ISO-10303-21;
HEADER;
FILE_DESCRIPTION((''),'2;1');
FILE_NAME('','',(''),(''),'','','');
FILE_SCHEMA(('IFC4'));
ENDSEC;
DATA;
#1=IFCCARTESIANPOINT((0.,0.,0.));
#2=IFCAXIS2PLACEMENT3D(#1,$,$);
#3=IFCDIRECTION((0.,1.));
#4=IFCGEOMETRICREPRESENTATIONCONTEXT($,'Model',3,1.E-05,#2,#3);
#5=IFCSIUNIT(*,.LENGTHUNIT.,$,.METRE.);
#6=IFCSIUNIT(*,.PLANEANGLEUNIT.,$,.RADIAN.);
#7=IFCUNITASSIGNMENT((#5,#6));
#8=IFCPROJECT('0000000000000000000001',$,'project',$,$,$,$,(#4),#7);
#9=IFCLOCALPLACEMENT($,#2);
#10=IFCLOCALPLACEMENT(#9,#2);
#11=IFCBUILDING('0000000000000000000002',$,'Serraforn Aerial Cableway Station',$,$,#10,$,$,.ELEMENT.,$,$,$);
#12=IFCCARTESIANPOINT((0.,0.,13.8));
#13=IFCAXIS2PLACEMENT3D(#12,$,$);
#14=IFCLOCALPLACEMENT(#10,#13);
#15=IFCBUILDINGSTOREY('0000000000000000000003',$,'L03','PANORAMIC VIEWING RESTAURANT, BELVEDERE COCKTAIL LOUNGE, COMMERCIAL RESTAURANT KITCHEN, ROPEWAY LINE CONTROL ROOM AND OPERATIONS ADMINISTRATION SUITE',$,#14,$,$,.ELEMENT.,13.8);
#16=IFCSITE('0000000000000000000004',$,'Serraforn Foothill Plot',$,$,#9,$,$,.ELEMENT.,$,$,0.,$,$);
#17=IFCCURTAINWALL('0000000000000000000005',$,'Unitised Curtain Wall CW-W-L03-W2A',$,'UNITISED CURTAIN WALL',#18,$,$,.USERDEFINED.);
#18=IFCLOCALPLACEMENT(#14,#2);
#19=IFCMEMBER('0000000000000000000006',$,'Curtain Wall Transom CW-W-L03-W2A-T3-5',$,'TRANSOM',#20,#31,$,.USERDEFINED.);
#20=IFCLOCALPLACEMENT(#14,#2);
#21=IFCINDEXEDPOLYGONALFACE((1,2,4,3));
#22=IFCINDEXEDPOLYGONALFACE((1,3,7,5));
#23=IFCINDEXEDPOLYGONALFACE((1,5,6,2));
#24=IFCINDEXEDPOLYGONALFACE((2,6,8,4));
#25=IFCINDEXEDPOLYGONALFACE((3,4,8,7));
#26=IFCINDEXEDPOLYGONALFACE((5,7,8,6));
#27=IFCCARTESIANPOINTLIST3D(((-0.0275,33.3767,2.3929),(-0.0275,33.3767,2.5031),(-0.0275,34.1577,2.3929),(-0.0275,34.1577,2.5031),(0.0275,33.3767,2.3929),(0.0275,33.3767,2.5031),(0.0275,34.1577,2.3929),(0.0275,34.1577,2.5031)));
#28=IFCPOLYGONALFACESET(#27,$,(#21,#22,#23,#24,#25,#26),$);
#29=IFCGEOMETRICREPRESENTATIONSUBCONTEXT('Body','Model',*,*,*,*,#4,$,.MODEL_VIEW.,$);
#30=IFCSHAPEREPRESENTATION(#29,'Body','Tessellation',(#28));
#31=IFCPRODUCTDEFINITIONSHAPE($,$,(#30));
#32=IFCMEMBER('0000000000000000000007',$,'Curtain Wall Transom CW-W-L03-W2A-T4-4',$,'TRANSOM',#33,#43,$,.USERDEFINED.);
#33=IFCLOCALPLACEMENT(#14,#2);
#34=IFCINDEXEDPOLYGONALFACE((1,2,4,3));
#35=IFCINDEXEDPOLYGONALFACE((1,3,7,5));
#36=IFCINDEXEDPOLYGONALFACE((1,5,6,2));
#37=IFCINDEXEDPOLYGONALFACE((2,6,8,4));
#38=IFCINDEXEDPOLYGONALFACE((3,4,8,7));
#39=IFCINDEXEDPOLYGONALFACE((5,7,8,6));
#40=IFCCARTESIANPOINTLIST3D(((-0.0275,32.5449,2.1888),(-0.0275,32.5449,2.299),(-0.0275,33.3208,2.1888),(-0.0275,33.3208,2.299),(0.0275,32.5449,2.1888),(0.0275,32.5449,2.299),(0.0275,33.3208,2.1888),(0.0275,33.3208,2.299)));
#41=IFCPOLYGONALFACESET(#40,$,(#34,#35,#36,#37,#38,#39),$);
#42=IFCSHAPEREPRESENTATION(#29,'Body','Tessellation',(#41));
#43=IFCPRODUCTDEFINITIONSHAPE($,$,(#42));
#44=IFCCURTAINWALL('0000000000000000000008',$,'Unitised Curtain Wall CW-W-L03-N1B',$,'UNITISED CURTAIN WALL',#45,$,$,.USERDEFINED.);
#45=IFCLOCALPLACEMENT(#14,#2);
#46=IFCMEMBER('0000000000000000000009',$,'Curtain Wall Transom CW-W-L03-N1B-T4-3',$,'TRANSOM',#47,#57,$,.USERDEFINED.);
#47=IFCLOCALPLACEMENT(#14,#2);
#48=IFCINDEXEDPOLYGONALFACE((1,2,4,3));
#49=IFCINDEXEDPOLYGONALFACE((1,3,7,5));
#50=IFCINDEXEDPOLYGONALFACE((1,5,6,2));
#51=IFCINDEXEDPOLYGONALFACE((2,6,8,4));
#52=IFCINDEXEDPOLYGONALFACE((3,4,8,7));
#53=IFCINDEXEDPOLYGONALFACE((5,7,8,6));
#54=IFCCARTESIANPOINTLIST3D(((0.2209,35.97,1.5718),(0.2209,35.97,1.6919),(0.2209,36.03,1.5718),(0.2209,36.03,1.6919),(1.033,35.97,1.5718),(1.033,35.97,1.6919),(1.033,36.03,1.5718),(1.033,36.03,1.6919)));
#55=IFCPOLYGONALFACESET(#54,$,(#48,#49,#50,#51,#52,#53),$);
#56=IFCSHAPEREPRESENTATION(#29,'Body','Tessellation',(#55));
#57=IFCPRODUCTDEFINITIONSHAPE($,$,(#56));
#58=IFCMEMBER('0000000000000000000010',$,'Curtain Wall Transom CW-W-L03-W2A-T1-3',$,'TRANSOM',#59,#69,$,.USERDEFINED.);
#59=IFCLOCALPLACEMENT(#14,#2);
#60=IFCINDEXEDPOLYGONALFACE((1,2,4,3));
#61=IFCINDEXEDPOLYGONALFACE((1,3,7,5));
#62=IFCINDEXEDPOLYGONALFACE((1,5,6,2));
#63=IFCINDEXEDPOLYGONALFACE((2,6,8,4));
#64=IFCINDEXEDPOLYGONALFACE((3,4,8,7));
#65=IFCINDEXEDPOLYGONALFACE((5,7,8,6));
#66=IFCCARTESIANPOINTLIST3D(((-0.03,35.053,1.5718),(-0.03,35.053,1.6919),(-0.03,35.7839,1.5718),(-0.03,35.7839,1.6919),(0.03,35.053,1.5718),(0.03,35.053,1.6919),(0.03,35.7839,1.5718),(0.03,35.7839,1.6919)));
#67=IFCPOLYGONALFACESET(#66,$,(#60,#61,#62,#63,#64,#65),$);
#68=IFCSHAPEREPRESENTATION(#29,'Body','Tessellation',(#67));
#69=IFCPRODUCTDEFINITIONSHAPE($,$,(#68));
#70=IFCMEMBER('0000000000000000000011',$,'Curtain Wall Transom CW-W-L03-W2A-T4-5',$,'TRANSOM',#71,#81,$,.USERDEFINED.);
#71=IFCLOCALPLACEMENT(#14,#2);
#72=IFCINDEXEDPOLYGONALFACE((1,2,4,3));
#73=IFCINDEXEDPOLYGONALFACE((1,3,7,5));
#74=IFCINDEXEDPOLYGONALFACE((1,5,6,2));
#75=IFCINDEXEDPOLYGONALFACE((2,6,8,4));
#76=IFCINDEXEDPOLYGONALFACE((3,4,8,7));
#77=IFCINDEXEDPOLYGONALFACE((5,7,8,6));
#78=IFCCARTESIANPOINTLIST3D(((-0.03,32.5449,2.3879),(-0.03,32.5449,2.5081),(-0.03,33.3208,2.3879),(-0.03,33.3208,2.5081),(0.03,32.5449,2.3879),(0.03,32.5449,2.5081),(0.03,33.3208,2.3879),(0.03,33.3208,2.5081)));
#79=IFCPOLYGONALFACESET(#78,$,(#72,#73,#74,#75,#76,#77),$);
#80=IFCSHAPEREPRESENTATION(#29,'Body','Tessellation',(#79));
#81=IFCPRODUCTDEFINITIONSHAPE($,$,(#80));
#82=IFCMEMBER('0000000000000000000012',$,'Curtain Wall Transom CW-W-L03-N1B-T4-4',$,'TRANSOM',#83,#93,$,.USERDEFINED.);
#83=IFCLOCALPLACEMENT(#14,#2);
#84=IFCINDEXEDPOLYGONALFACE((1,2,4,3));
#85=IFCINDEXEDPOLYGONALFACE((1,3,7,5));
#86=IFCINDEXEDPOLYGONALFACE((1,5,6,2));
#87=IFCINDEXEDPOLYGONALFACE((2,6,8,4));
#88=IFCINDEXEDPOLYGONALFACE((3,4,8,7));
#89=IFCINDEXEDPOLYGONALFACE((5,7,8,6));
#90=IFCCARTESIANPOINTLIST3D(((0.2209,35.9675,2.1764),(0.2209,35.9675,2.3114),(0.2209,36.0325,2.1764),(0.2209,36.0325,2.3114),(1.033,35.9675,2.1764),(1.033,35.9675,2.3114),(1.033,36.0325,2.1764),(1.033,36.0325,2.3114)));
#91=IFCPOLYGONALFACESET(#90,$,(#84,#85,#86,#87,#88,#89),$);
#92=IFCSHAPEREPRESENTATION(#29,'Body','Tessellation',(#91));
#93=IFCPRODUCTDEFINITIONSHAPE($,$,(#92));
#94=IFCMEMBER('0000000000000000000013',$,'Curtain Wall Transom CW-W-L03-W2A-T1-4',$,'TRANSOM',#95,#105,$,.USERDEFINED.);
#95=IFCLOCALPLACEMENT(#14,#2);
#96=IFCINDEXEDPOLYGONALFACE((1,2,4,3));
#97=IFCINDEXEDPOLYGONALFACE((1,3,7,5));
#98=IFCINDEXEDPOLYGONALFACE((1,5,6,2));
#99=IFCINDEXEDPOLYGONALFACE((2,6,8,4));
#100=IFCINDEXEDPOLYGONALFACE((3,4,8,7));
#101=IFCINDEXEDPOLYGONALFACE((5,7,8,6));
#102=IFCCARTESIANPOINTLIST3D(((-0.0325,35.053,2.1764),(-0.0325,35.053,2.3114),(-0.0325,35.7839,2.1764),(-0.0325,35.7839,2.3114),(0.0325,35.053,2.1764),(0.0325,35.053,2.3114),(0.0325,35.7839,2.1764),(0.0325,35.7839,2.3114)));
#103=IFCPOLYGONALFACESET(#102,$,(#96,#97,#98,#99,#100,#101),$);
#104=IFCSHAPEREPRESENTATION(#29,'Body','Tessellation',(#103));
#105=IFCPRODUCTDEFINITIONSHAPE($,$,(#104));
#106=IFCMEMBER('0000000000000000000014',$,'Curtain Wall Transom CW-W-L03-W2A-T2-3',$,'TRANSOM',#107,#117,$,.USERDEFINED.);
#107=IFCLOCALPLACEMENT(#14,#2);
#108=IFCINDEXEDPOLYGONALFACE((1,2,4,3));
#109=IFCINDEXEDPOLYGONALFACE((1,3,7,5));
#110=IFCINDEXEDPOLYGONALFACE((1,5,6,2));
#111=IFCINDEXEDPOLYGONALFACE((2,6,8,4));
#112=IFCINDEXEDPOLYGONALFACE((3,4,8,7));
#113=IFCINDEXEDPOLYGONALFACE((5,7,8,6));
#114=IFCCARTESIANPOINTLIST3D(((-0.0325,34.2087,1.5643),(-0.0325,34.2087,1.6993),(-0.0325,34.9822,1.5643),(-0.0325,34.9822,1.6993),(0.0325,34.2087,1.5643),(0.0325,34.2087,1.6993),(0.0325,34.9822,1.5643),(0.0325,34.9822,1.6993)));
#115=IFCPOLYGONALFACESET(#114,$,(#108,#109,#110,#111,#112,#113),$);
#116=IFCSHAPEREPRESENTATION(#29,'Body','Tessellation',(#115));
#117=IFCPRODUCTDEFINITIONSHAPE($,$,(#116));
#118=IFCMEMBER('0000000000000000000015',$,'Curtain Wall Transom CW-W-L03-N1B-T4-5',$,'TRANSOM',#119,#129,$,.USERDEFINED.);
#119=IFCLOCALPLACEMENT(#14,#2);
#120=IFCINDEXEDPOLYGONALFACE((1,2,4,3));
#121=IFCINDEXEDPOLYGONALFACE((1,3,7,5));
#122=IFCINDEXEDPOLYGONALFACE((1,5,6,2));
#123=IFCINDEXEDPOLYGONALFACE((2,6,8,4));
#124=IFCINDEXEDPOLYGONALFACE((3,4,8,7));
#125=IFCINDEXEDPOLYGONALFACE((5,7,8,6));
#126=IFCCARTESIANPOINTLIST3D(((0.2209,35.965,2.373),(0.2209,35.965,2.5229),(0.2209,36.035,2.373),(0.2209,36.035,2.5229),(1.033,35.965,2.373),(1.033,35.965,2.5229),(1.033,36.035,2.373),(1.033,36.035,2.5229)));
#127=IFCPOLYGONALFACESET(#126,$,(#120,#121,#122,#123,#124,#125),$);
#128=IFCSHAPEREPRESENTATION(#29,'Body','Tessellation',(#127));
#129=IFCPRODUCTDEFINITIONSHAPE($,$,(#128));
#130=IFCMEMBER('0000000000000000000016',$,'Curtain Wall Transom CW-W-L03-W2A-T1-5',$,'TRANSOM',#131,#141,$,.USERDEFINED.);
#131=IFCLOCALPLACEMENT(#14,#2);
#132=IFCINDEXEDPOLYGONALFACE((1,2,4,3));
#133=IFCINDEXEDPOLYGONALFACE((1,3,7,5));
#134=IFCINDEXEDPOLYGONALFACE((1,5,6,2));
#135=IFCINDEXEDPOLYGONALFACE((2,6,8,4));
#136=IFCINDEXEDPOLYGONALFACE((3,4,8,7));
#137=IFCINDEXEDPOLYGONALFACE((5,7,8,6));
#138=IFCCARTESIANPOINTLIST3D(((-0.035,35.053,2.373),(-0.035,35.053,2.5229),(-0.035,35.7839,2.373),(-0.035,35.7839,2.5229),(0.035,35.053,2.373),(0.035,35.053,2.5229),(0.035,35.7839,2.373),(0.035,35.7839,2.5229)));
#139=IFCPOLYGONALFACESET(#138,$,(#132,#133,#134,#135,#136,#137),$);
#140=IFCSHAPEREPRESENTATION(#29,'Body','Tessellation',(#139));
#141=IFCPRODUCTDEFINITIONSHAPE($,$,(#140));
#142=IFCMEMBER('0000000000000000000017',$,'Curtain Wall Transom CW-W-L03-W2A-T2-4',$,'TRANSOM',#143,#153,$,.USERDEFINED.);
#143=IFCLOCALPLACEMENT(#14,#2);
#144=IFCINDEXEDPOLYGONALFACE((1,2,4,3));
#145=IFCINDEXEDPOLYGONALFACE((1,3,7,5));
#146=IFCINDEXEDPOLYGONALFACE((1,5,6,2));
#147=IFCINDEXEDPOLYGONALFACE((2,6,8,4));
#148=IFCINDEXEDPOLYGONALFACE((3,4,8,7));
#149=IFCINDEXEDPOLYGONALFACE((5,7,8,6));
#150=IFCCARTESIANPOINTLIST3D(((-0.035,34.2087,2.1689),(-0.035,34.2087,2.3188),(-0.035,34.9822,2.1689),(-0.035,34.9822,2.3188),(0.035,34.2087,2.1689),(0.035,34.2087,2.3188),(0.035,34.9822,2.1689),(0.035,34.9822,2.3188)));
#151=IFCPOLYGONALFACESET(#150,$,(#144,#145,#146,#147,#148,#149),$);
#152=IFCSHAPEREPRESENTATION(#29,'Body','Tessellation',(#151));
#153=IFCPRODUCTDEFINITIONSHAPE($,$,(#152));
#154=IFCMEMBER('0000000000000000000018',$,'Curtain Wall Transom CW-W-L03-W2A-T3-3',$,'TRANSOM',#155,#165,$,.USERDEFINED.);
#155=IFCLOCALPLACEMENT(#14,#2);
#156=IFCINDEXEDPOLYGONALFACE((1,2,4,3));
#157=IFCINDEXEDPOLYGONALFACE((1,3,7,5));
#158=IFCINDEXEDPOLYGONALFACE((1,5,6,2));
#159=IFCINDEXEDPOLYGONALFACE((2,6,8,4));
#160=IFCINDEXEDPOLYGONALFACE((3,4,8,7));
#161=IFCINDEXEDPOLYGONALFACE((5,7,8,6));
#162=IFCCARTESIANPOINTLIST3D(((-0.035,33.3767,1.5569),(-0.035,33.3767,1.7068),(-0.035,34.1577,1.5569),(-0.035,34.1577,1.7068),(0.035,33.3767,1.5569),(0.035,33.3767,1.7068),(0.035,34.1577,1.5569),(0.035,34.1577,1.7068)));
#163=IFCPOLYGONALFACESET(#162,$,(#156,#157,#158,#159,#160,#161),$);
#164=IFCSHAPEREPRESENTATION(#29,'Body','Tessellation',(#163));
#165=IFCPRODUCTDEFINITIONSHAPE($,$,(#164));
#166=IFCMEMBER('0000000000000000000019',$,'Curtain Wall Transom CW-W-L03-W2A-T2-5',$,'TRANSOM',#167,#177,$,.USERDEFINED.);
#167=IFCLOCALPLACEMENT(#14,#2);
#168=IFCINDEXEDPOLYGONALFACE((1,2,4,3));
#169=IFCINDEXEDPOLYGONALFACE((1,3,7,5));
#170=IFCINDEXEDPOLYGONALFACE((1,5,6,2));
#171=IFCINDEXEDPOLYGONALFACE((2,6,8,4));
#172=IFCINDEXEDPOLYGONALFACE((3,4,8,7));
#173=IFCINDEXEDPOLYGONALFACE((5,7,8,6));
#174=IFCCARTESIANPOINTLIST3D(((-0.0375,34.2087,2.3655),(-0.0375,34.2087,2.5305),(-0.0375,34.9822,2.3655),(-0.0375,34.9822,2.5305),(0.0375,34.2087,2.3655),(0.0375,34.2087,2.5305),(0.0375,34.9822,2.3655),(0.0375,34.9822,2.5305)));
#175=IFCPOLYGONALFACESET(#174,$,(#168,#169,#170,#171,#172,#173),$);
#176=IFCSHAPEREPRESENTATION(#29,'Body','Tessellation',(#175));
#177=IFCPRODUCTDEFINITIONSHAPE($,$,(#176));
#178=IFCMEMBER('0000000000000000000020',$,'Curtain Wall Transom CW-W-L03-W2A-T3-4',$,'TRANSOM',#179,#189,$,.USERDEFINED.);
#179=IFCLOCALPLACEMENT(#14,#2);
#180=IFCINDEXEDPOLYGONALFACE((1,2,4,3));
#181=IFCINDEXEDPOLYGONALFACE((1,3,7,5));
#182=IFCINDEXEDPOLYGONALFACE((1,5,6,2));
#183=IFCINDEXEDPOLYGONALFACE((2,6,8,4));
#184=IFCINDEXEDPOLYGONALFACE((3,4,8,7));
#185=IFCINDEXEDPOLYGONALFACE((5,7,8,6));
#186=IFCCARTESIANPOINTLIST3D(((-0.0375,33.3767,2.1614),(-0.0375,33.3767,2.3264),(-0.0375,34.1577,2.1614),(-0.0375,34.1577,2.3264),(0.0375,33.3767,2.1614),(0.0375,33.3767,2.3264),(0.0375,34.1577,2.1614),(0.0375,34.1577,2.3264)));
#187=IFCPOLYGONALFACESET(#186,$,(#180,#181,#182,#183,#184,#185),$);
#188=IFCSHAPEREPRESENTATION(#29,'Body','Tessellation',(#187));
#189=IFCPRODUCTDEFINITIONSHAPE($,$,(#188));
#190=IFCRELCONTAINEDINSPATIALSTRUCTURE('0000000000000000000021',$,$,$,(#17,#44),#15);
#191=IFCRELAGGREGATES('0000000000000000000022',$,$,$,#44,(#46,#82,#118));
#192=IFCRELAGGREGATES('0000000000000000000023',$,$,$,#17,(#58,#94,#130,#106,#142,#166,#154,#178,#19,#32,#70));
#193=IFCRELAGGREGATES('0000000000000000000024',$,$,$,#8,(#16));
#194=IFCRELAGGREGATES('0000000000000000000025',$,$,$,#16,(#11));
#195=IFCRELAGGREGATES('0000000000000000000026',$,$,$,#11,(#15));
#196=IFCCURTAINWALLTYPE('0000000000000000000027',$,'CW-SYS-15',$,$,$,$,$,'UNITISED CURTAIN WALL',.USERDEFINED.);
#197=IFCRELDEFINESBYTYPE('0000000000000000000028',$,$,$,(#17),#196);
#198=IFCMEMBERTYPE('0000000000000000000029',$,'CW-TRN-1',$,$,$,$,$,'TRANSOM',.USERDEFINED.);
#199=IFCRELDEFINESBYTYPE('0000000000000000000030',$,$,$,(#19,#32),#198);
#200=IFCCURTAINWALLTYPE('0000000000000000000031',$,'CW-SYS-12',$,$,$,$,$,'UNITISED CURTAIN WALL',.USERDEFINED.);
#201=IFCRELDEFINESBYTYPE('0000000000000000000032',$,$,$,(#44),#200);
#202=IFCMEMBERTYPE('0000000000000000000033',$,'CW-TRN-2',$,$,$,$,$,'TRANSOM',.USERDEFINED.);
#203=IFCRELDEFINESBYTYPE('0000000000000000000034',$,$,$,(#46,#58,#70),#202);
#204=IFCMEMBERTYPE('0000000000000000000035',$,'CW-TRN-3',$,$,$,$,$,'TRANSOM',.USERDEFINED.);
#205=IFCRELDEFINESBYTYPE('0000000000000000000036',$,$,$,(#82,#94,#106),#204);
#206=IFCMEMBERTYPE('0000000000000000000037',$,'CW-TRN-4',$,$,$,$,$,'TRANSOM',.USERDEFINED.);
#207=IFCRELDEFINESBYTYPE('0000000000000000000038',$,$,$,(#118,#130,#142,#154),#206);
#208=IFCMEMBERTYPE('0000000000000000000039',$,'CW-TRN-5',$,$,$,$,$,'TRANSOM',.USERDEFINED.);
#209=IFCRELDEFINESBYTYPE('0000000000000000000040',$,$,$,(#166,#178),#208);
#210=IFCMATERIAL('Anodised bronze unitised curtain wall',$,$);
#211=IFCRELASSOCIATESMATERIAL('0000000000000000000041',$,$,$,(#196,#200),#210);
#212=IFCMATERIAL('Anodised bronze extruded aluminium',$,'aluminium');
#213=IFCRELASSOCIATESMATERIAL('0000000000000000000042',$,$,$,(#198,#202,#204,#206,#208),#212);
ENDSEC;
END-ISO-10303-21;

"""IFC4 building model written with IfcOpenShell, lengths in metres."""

from ifc_helpers import new_model, si_unit, direction, frame, origin, origin_2d, place, context, subcontext, project, spatial, rectangle, extrude, material, material_profile, profile_set, type_object, element, aggregate, save


model = new_model("IFC4")

# Units and contexts
model_context = context("Model", 3, precision=1e-05, world=origin(), true_north=direction((0.0, 1.0)))
body_context = subcontext(model_context, "Body", "Model", "MODEL_VIEW")
ifc_project = project(units=[si_unit("LENGTHUNIT", "METRE"), si_unit("PLANEANGLEUNIT", "RADIAN")], contexts=[model_context])

# Site, building, storey
site_placement = place(None, origin())
site = spatial("IfcSite", under=ifc_project, at=site_placement, Name="Serraforn Foothill Plot", CompositionType="ELEMENT", RefElevation=0.0)
building_placement = place(site_placement, origin())
building = spatial("IfcBuilding", under=site, at=building_placement, Name="Serraforn Aerial Cableway Station", CompositionType="ELEMENT")
storey_placement = place(building_placement, frame((0.0, 0.0, 13.8)))
storey = spatial("IfcBuildingStorey", under=building, at=storey_placement, Name="L03", Description="PANORAMIC VIEWING RESTAURANT, BELVEDERE COCKTAIL LOUNGE, COMMERCIAL RESTAURANT KITCHEN, ROPEWAY LINE CONTROL ROOM AND OPERATIONS ADMINISTRATION SUITE", CompositionType="ELEMENT", Elevation=13.8)

# Curtain wall, members
ifc_material_1 = material(Name="Anodised bronze unitised curtain wall")
curtain_wall_type_1 = type_object("IfcCurtainWallType", Name="CW-SYS-15", ElementType="UNITISED CURTAIN WALL", PredefinedType="USERDEFINED", material=ifc_material_1)
curtain_wall_1_placement = place(storey_placement, origin())
curtain_wall_1 = element("IfcCurtainWall", 1, at=curtain_wall_1_placement, inside=storey, type_object=curtain_wall_type_1, Name="Unitised Curtain Wall CW-W-L03-W2A", ObjectType="UNITISED CURTAIN WALL", PredefinedType="USERDEFINED")
ifc_material_2 = material(Name="Anodised bronze extruded aluminium", Category="aluminium")
ifc_material_profile_1 = material_profile(ifc_material_2, rectangle(XDim=0.0549, YDim=0.1101, at=origin_2d()), Name="CW TRANSOM 55x110")
ifc_profile_set_1 = profile_set([ifc_material_profile_1], Name="Anodised bronze extruded aluminium")
member_type_1 = type_object("IfcMemberType", Name="CW-TRN-1", ElementType="TRANSOM", PredefinedType="USERDEFINED", material=ifc_profile_set_1)
member_1_placement = place(storey_placement, frame((0.0, 34.1577, 2.448), z_axis=(0.0, -1.0, 0.0), x_axis=(1.0, 0.0, 0.0)))
member_1 = element("IfcMember", 2, at=member_1_placement, type_object=member_type_1, Name="Curtain Wall Transom CW-W-L03-W2A-T3-5", ObjectType="TRANSOM", PredefinedType="USERDEFINED", context=body_context, shape_type="SweptSolid", body=[
    extrude(rectangle(XDim=0.0549, YDim=0.1101, at=origin_2d()), origin(), (0.0, 0.0, 1.0), 0.781),
])
member_2_placement = place(storey_placement, frame((0.0, 33.3208, 2.2439), z_axis=(0.0, -1.0, 0.0), x_axis=(1.0, 0.0, 0.0)))
member_2 = element("IfcMember", 3, at=member_2_placement, type_object=member_type_1, Name="Curtain Wall Transom CW-W-L03-W2A-T4-4", ObjectType="TRANSOM", PredefinedType="USERDEFINED", context=body_context, shape_type="SweptSolid", body=[
    extrude(rectangle(XDim=0.0549, YDim=0.1101, at=origin_2d()), origin(), (0.0, 0.0, 1.0), 0.7759),
])

# Curtain wall, member
curtain_wall_type_2 = type_object("IfcCurtainWallType", Name="CW-SYS-12", ElementType="UNITISED CURTAIN WALL", PredefinedType="USERDEFINED", material=ifc_material_1)
curtain_wall_2_placement = place(storey_placement, origin())
curtain_wall_2 = element("IfcCurtainWall", 4, at=curtain_wall_2_placement, inside=storey, type_object=curtain_wall_type_2, Name="Unitised Curtain Wall CW-W-L03-N1B", ObjectType="UNITISED CURTAIN WALL", PredefinedType="USERDEFINED")
ifc_material_profile_2 = material_profile(ifc_material_2, rectangle(XDim=0.0601, YDim=0.1201, at=origin_2d()), Name="CW TRANSOM 60x120")
ifc_profile_set_2 = profile_set([ifc_material_profile_2], Name="Anodised bronze extruded aluminium")
member_type_2 = type_object("IfcMemberType", Name="CW-TRN-2", ElementType="TRANSOM", PredefinedType="USERDEFINED", material=ifc_profile_set_2)
member_3_placement = place(storey_placement, frame((1.033, 36.0, 1.6318), z_axis=(-1.0, 0.0, 0.0), x_axis=(0.0, -1.0, 0.0)))
member_3 = element("IfcMember", 5, at=member_3_placement, type_object=member_type_2, Name="Curtain Wall Transom CW-W-L03-N1B-T4-3", ObjectType="TRANSOM", PredefinedType="USERDEFINED", context=body_context, shape_type="SweptSolid", body=[
    extrude(rectangle(XDim=0.0601, YDim=0.1201, at=origin_2d()), origin(), (0.0, 0.0, 1.0), 0.812),
])

# Members
member_4_placement = place(storey_placement, frame((0.0, 35.7839, 1.6318), z_axis=(0.0, -1.0, 0.0), x_axis=(1.0, 0.0, 0.0)))
member_4 = element("IfcMember", 6, at=member_4_placement, type_object=member_type_2, Name="Curtain Wall Transom CW-W-L03-W2A-T1-3", ObjectType="TRANSOM", PredefinedType="USERDEFINED", context=body_context, shape_type="SweptSolid", body=[
    extrude(rectangle(XDim=0.0601, YDim=0.1201, at=origin_2d()), origin(), (0.0, 0.0, 1.0), 0.731),
])
member_5_placement = place(storey_placement, frame((0.0, 33.3208, 2.448), z_axis=(0.0, -1.0, 0.0), x_axis=(1.0, 0.0, 0.0)))
member_5 = element("IfcMember", 7, at=member_5_placement, type_object=member_type_2, Name="Curtain Wall Transom CW-W-L03-W2A-T4-5", ObjectType="TRANSOM", PredefinedType="USERDEFINED", context=body_context, shape_type="SweptSolid", body=[
    extrude(rectangle(XDim=0.0601, YDim=0.1201, at=origin_2d()), origin(), (0.0, 0.0, 1.0), 0.7759),
])
ifc_material_profile_3 = material_profile(ifc_material_2, rectangle(XDim=0.0649, YDim=0.135, at=origin_2d()), Name="CW TRANSOM 65x135")
ifc_profile_set_3 = profile_set([ifc_material_profile_3], Name="Anodised bronze extruded aluminium")
member_type_3 = type_object("IfcMemberType", Name="CW-TRN-3", ElementType="TRANSOM", PredefinedType="USERDEFINED", material=ifc_profile_set_3)
member_6_placement = place(storey_placement, frame((1.033, 36.0, 2.2439), z_axis=(-1.0, 0.0, 0.0), x_axis=(0.0, -1.0, 0.0)))
member_6 = element("IfcMember", 8, at=member_6_placement, type_object=member_type_3, Name="Curtain Wall Transom CW-W-L03-N1B-T4-4", ObjectType="TRANSOM", PredefinedType="USERDEFINED", context=body_context, shape_type="SweptSolid", body=[
    extrude(rectangle(XDim=0.0649, YDim=0.135, at=origin_2d()), origin(), (0.0, 0.0, 1.0), 0.812),
])
member_7_placement = place(storey_placement, frame((0.0, 35.7839, 2.2439), z_axis=(0.0, -1.0, 0.0), x_axis=(1.0, 0.0, 0.0)))
member_7 = element("IfcMember", 9, at=member_7_placement, type_object=member_type_3, Name="Curtain Wall Transom CW-W-L03-W2A-T1-4", ObjectType="TRANSOM", PredefinedType="USERDEFINED", context=body_context, shape_type="SweptSolid", body=[
    extrude(rectangle(XDim=0.0649, YDim=0.135, at=origin_2d()), origin(), (0.0, 0.0, 1.0), 0.731),
])
member_8_placement = place(storey_placement, frame((0.0, 34.9822, 1.6318), z_axis=(0.0, -1.0, 0.0), x_axis=(1.0, 0.0, 0.0)))
member_8 = element("IfcMember", 10, at=member_8_placement, type_object=member_type_3, Name="Curtain Wall Transom CW-W-L03-W2A-T2-3", ObjectType="TRANSOM", PredefinedType="USERDEFINED", context=body_context, shape_type="SweptSolid", body=[
    extrude(rectangle(XDim=0.0649, YDim=0.135, at=origin_2d()), origin(), (0.0, 0.0, 1.0), 0.7734),
])
ifc_material_profile_4 = material_profile(ifc_material_2, rectangle(XDim=0.0701, YDim=0.1499, at=origin_2d()), Name="CW TRANSOM 70x150")
ifc_profile_set_4 = profile_set([ifc_material_profile_4], Name="Anodised bronze extruded aluminium")
member_type_4 = type_object("IfcMemberType", Name="CW-TRN-4", ElementType="TRANSOM", PredefinedType="USERDEFINED", material=ifc_profile_set_4)
member_9_placement = place(storey_placement, frame((1.033, 36.0, 2.448), z_axis=(-1.0, 0.0, 0.0), x_axis=(0.0, -1.0, 0.0)))
member_9 = element("IfcMember", 11, at=member_9_placement, type_object=member_type_4, Name="Curtain Wall Transom CW-W-L03-N1B-T4-5", ObjectType="TRANSOM", PredefinedType="USERDEFINED", context=body_context, shape_type="SweptSolid", body=[
    extrude(rectangle(XDim=0.0701, YDim=0.1499, at=origin_2d()), origin(), (0.0, 0.0, 1.0), 0.812),
])
member_10_placement = place(storey_placement, frame((0.0, 35.7839, 2.448), z_axis=(0.0, -1.0, 0.0), x_axis=(1.0, 0.0, 0.0)))
member_10 = element("IfcMember", 12, at=member_10_placement, type_object=member_type_4, Name="Curtain Wall Transom CW-W-L03-W2A-T1-5", ObjectType="TRANSOM", PredefinedType="USERDEFINED", context=body_context, shape_type="SweptSolid", body=[
    extrude(rectangle(XDim=0.0701, YDim=0.1499, at=origin_2d()), origin(), (0.0, 0.0, 1.0), 0.731),
])
member_11_placement = place(storey_placement, frame((0.0, 34.9822, 2.2439), z_axis=(0.0, -1.0, 0.0), x_axis=(1.0, 0.0, 0.0)))
member_11 = element("IfcMember", 13, at=member_11_placement, type_object=member_type_4, Name="Curtain Wall Transom CW-W-L03-W2A-T2-4", ObjectType="TRANSOM", PredefinedType="USERDEFINED", context=body_context, shape_type="SweptSolid", body=[
    extrude(rectangle(XDim=0.0701, YDim=0.1499, at=origin_2d()), origin(), (0.0, 0.0, 1.0), 0.7734),
])
member_12_placement = place(storey_placement, frame((0.0, 34.1577, 1.6318), z_axis=(0.0, -1.0, 0.0), x_axis=(1.0, 0.0, 0.0)))
member_12 = element("IfcMember", 14, at=member_12_placement, type_object=member_type_4, Name="Curtain Wall Transom CW-W-L03-W2A-T3-3", ObjectType="TRANSOM", PredefinedType="USERDEFINED", context=body_context, shape_type="SweptSolid", body=[
    extrude(rectangle(XDim=0.0701, YDim=0.1499, at=origin_2d()), origin(), (0.0, 0.0, 1.0), 0.781),
])
ifc_material_profile_5 = material_profile(ifc_material_2, rectangle(XDim=0.075, YDim=0.165, at=origin_2d()), Name="CW TRANSOM 75x165")
ifc_profile_set_5 = profile_set([ifc_material_profile_5], Name="Anodised bronze extruded aluminium")
member_type_5 = type_object("IfcMemberType", Name="CW-TRN-5", ElementType="TRANSOM", PredefinedType="USERDEFINED", material=ifc_profile_set_5)
member_13_placement = place(storey_placement, frame((0.0, 34.9822, 2.448), z_axis=(0.0, -1.0, 0.0), x_axis=(1.0, 0.0, 0.0)))
member_13 = element("IfcMember", 15, at=member_13_placement, type_object=member_type_5, Name="Curtain Wall Transom CW-W-L03-W2A-T2-5", ObjectType="TRANSOM", PredefinedType="USERDEFINED", context=body_context, shape_type="SweptSolid", body=[
    extrude(rectangle(XDim=0.075, YDim=0.165, at=origin_2d()), origin(), (0.0, 0.0, 1.0), 0.7734),
])
member_14_placement = place(storey_placement, frame((0.0, 34.1577, 2.2439), z_axis=(0.0, -1.0, 0.0), x_axis=(1.0, 0.0, 0.0)))
member_14 = element("IfcMember", 16, at=member_14_placement, type_object=member_type_5, Name="Curtain Wall Transom CW-W-L03-W2A-T3-4", ObjectType="TRANSOM", PredefinedType="USERDEFINED", context=body_context, shape_type="SweptSolid", body=[
    extrude(rectangle(XDim=0.075, YDim=0.165, at=origin_2d()), origin(), (0.0, 0.0, 1.0), 0.781),
])

aggregate(curtain_wall_2, [member_3, member_6, member_9])
aggregate(curtain_wall_1, [member_4, member_7, member_10, member_8, member_11, member_13, member_12, member_14, member_1, member_2, member_5])

save(model, "model.ifc")
